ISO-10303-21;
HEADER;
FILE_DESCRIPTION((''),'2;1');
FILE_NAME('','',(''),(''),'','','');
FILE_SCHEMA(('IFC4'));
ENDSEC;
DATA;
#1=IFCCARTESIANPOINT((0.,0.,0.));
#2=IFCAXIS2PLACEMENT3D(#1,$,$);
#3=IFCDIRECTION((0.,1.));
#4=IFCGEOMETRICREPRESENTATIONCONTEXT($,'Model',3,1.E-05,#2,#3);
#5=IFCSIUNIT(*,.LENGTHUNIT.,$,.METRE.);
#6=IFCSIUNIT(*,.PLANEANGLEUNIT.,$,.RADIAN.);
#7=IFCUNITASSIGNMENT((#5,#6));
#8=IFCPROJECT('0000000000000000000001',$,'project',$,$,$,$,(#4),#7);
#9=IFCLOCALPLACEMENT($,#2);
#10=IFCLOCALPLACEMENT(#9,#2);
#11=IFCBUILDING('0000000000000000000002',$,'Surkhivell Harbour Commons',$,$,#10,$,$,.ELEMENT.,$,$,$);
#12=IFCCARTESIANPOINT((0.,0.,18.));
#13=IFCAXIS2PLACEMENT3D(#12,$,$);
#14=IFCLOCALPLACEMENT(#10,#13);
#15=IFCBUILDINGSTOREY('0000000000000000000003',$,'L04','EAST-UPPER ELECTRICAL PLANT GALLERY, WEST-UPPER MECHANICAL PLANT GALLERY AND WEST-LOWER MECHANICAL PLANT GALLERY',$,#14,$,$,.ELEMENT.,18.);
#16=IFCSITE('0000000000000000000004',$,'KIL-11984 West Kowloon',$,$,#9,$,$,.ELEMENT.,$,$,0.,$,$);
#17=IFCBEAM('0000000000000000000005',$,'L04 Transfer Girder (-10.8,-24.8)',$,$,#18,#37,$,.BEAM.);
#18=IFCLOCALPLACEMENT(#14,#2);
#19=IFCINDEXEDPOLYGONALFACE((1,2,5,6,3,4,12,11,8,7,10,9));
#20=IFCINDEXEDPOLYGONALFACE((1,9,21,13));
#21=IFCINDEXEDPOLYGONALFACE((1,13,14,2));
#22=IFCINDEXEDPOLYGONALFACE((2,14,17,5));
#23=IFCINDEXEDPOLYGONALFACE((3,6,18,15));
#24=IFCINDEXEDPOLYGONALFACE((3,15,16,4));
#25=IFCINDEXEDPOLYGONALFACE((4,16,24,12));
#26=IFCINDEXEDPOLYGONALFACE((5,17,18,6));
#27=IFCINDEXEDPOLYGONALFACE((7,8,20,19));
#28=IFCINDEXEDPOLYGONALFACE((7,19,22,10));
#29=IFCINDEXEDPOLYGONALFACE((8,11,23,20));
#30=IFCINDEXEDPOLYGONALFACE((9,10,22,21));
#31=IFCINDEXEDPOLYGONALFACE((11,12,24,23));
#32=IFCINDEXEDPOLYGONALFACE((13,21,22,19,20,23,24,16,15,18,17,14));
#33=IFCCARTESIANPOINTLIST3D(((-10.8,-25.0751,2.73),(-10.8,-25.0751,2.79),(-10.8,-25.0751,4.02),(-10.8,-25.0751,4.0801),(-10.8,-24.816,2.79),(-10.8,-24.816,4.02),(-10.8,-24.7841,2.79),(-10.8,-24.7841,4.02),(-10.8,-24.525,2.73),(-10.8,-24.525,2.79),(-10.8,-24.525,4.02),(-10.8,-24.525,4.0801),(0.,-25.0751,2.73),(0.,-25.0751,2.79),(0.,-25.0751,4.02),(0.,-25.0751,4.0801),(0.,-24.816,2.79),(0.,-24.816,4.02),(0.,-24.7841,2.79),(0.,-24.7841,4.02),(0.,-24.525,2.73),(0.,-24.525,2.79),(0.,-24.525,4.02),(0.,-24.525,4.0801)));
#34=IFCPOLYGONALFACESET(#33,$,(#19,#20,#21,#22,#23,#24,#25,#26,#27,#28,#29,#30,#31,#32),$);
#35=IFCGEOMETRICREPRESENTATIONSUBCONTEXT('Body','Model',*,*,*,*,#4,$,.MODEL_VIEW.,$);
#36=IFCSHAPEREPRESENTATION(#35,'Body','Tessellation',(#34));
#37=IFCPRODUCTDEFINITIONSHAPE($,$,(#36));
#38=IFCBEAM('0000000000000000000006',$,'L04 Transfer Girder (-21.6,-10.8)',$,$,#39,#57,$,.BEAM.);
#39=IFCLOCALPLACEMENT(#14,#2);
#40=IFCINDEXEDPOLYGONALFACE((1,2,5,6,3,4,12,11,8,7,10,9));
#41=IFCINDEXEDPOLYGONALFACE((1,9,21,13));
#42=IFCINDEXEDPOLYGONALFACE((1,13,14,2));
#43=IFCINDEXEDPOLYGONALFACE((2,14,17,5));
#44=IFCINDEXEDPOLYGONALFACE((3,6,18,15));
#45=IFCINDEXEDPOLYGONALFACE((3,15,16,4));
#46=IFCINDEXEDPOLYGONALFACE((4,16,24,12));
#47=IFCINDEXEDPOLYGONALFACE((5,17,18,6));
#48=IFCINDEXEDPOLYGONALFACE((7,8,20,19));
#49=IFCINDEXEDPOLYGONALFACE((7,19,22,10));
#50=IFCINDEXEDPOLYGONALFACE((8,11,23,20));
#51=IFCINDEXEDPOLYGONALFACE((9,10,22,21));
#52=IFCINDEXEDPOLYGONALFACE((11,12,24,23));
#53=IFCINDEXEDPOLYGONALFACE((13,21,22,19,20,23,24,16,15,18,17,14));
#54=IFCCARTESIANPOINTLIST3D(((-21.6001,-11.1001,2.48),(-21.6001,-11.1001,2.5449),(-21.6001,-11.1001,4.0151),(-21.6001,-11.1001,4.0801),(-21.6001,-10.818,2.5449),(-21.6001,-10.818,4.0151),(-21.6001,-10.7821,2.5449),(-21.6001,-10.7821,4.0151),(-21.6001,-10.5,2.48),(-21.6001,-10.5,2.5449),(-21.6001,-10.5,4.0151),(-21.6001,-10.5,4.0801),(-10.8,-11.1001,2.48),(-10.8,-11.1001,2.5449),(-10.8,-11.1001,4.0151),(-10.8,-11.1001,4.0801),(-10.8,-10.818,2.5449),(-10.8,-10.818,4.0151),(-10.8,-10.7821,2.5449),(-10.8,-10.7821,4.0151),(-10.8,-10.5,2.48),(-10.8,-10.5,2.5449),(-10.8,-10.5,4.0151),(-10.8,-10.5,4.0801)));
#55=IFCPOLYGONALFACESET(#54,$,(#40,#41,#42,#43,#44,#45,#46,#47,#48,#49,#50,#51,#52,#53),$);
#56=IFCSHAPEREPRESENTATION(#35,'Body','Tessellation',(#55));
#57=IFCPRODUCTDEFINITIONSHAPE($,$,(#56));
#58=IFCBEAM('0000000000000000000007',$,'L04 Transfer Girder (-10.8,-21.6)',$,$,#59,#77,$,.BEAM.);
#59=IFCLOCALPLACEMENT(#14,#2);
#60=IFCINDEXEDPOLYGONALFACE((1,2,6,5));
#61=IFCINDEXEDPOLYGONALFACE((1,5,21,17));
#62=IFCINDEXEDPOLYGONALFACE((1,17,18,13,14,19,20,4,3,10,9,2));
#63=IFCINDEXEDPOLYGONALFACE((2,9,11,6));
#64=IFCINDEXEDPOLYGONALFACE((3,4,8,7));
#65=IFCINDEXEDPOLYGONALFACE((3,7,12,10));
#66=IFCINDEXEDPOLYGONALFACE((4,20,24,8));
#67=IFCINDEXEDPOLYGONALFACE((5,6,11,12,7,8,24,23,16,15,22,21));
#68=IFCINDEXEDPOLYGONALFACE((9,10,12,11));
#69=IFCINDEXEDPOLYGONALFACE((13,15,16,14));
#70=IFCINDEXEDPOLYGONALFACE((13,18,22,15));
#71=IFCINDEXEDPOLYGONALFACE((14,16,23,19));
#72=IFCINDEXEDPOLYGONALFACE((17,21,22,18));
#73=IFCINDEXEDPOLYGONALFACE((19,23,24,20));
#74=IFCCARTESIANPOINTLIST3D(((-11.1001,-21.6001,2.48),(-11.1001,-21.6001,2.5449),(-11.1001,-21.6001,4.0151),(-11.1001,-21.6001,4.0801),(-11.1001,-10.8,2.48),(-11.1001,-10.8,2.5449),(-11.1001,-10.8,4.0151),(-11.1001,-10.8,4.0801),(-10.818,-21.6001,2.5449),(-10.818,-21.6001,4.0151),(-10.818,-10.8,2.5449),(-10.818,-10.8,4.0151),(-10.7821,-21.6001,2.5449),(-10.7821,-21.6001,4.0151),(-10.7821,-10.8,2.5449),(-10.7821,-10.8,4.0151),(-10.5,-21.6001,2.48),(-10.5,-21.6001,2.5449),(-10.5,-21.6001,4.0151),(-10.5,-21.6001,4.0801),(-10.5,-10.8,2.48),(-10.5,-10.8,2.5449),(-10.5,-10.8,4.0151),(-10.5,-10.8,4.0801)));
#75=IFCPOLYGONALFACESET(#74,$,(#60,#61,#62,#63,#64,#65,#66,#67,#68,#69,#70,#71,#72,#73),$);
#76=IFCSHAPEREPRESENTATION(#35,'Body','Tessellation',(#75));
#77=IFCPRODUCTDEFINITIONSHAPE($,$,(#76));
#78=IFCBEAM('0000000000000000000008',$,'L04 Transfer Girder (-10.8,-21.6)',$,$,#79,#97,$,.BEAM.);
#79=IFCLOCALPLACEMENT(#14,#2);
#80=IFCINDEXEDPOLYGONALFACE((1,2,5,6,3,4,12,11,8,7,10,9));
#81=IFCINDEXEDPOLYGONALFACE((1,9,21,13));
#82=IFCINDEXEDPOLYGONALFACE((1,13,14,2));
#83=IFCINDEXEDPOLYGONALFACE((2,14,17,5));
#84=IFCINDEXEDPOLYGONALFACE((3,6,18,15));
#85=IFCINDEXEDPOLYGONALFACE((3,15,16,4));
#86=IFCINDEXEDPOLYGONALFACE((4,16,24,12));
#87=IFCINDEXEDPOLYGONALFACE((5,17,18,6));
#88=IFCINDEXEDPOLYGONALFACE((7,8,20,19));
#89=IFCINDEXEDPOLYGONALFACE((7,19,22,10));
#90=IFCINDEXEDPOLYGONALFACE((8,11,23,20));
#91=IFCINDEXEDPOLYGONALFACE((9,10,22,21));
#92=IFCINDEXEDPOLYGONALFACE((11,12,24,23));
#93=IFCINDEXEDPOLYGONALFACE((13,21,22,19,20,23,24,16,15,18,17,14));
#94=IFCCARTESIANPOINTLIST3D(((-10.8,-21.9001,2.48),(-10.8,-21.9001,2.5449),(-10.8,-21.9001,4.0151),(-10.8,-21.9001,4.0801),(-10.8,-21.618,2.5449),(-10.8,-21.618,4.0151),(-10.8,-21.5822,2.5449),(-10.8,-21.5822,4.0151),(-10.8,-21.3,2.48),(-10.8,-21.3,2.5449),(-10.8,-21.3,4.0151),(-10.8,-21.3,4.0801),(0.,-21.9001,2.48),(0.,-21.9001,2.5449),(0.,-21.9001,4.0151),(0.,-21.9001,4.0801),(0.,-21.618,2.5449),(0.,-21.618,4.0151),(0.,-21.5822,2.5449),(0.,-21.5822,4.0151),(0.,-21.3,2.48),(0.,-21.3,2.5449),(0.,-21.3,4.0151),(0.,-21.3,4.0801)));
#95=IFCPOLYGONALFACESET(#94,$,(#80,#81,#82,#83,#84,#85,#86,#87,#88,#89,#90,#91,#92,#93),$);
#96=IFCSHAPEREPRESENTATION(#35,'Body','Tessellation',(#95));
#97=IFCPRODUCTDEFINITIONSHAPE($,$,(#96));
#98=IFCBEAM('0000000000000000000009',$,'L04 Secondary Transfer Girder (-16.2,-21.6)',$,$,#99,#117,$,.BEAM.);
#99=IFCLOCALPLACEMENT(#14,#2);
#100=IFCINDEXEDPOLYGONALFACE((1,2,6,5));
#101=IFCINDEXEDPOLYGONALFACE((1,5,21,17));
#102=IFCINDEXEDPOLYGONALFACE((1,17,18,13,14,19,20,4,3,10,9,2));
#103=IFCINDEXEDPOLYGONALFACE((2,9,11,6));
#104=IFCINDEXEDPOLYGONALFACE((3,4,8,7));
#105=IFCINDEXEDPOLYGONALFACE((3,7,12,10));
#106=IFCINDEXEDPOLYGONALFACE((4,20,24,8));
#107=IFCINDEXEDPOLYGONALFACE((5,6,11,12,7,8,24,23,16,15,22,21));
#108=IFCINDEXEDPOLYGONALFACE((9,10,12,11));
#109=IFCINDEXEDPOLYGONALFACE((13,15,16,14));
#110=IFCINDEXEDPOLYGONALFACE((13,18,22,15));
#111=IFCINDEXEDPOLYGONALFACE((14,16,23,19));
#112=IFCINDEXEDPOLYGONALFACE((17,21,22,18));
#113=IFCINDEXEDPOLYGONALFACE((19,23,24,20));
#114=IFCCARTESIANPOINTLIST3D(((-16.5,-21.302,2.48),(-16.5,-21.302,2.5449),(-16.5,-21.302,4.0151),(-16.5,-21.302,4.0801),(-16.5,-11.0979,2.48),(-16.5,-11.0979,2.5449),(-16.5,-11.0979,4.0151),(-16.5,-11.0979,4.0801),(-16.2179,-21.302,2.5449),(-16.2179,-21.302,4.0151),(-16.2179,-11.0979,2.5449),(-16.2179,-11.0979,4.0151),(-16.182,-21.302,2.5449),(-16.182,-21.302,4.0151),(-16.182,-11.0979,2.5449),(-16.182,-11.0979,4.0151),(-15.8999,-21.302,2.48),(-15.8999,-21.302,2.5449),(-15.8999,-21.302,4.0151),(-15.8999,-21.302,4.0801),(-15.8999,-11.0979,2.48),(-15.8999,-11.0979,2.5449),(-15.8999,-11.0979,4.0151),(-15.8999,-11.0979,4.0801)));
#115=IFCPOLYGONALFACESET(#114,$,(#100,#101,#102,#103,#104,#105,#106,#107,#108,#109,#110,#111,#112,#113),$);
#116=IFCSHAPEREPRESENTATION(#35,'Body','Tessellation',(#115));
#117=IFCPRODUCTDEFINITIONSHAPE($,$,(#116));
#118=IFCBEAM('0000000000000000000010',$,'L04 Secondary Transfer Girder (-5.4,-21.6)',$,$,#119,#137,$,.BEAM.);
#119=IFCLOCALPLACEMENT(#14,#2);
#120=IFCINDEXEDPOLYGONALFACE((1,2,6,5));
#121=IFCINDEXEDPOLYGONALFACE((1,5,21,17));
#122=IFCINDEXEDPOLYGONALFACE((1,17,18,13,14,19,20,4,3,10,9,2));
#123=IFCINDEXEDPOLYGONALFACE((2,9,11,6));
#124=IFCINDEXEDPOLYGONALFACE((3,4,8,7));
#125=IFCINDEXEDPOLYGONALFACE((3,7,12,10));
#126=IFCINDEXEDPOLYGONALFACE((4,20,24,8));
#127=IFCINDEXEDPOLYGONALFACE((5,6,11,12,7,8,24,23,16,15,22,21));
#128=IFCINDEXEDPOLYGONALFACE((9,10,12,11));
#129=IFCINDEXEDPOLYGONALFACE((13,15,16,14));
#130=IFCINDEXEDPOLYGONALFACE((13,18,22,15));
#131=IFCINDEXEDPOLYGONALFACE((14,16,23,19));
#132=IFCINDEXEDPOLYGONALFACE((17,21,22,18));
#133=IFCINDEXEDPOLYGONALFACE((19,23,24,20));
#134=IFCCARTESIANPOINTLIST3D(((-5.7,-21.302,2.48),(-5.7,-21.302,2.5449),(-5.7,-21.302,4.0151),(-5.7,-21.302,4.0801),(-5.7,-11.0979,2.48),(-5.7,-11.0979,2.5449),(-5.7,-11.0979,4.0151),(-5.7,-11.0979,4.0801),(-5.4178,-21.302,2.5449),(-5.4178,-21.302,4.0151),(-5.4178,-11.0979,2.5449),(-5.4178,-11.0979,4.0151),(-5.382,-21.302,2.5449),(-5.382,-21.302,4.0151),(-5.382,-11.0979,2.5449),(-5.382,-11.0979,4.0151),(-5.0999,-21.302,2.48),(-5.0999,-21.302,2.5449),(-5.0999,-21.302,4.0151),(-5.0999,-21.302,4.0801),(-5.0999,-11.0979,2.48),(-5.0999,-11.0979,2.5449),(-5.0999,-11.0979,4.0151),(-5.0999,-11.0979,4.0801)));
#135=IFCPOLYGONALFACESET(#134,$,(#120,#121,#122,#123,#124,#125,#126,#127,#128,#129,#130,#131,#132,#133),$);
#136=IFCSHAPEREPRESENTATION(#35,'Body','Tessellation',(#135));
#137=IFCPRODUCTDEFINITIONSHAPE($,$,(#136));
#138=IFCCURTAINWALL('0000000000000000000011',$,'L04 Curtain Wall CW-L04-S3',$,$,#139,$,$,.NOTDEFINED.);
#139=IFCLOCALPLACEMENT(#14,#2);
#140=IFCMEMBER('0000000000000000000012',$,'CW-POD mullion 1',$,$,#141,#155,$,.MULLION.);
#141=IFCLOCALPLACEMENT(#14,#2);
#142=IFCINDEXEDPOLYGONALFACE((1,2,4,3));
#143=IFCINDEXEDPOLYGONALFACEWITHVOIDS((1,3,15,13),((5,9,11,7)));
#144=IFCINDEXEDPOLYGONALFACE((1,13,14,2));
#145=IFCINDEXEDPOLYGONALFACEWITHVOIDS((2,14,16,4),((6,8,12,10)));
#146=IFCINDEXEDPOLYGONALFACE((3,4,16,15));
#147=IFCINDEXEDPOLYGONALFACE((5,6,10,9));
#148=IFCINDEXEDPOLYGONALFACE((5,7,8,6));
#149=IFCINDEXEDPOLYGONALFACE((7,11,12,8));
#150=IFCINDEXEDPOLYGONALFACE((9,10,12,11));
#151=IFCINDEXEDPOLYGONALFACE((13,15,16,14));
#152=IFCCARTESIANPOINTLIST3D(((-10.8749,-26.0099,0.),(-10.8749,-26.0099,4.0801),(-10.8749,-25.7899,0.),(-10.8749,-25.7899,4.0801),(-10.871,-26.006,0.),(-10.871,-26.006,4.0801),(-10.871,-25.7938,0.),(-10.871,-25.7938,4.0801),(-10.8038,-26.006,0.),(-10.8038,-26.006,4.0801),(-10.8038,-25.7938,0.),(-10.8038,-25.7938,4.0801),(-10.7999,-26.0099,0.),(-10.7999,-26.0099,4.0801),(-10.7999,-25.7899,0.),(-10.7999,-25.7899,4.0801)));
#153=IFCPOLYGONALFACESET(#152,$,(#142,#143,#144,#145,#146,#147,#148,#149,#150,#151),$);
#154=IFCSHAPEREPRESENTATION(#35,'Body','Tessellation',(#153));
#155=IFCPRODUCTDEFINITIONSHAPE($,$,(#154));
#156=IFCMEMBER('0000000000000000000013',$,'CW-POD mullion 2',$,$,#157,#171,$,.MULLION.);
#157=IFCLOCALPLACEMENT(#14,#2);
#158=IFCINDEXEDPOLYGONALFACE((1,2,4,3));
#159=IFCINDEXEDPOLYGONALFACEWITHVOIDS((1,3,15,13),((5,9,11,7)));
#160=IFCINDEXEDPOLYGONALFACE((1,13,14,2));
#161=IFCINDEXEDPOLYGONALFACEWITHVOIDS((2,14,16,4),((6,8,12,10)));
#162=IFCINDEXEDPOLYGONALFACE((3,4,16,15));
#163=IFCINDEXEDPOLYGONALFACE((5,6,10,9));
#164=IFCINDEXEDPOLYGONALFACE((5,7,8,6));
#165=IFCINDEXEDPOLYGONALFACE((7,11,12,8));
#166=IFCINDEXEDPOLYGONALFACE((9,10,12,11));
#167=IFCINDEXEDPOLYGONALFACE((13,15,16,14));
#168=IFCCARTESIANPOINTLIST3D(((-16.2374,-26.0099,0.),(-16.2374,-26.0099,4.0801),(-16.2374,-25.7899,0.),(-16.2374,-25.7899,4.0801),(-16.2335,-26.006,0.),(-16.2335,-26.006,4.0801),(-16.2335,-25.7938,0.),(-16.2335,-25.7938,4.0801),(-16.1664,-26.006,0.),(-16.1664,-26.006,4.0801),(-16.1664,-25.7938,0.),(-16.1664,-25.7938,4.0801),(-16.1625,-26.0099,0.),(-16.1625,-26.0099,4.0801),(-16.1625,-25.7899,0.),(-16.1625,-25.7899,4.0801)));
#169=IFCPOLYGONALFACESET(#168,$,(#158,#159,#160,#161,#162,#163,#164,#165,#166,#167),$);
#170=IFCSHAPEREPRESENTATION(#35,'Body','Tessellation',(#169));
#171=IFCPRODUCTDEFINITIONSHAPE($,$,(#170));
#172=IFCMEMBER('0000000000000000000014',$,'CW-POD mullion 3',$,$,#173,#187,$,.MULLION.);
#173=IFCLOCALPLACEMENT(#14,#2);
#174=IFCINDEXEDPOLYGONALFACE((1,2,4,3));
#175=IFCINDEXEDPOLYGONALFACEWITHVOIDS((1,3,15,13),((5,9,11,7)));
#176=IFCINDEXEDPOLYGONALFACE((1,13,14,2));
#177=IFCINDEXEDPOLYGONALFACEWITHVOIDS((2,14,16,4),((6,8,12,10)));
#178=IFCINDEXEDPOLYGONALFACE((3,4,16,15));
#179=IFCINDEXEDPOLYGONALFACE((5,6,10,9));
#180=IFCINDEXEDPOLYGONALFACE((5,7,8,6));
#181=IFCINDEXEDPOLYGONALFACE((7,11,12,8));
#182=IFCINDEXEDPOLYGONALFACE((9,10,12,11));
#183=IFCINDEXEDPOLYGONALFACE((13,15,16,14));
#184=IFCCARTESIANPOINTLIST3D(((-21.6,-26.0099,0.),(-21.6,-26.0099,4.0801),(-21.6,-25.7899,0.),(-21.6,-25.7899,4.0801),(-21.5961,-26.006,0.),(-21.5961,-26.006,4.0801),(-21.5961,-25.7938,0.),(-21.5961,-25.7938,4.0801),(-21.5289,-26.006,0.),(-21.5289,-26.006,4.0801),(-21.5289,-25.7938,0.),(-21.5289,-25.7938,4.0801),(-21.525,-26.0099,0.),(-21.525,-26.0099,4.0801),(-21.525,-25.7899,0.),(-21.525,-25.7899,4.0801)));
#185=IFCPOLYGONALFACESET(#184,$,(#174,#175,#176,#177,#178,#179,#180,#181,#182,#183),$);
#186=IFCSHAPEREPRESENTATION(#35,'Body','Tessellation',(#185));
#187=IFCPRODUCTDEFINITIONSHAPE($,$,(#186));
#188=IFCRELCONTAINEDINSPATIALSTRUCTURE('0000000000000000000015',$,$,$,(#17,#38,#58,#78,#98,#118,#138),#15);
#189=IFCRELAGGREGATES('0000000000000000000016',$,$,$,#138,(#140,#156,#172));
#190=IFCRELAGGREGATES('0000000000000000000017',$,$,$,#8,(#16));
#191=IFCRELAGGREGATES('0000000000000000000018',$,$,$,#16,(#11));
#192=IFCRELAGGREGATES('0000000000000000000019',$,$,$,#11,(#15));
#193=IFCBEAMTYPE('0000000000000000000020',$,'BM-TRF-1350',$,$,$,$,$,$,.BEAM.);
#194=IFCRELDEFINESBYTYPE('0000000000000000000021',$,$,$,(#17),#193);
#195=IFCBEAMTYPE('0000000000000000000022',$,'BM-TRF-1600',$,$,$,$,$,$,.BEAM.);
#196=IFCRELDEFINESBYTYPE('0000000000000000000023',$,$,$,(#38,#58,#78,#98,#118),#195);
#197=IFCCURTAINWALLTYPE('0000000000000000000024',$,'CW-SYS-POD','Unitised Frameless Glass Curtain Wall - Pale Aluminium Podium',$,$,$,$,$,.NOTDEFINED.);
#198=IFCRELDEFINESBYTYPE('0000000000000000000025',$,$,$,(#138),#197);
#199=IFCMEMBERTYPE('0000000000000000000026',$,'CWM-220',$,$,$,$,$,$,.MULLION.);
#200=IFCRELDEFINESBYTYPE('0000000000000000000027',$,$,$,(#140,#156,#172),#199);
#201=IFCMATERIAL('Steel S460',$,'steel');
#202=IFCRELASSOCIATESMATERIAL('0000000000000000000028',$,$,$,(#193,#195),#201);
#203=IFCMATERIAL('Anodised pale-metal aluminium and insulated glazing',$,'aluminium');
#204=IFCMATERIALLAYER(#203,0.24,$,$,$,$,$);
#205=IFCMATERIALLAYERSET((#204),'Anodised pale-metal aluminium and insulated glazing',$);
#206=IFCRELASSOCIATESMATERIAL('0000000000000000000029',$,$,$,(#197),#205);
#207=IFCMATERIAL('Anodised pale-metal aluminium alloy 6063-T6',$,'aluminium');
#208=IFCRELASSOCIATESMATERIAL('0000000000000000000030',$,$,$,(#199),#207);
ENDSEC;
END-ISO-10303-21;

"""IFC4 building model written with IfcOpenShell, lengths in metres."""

from ifc_helpers import new_model, si_unit, direction, frame, origin, origin_2d, place, context, subcontext, project, spatial, hollow_rectangle, i_section, extrude, material, layer, layer_set, material_profile, profile_set, type_object, element, aggregate, save


model = new_model("IFC4")

# Units and contexts
model_context = context("Model", 3, precision=1e-05, world=origin(), true_north=direction((0.0, 1.0)))
body_context = subcontext(model_context, "Body", "Model", "MODEL_VIEW")
ifc_project = project(units=[si_unit("LENGTHUNIT", "METRE"), si_unit("PLANEANGLEUNIT", "RADIAN")], contexts=[model_context])

# Site, building, storey
site_placement = place(None, origin())
site = spatial("IfcSite", under=ifc_project, at=site_placement, Name="KIL-11984 West Kowloon", CompositionType="ELEMENT", RefElevation=0.0)
building_placement = place(site_placement, origin())
building = spatial("IfcBuilding", under=site, at=building_placement, Name="Surkhivell Harbour Commons", CompositionType="ELEMENT")
storey_placement = place(building_placement, frame((0.0, 0.0, 18.0)))
storey = spatial("IfcBuildingStorey", under=building, at=storey_placement, Name="L04", Description="EAST-UPPER ELECTRICAL PLANT GALLERY, WEST-UPPER MECHANICAL PLANT GALLERY AND WEST-LOWER MECHANICAL PLANT GALLERY", CompositionType="ELEMENT", Elevation=18.0)

# Beams
ifc_material_1 = material(Name="Steel S460", Category="steel")
ifc_material_profile_1 = material_profile(ifc_material_1, i_section(OverallWidth=0.55, OverallDepth=1.3501, WebThickness=0.032, FlangeThickness=0.0601, at=origin_2d()), Name="WPG1350x550x248")
ifc_profile_set_1 = profile_set([ifc_material_profile_1], Name="Steel S460")
beam_type_1 = type_object("IfcBeamType", Name="BM-TRF-1350", PredefinedType="BEAM", material=ifc_profile_set_1)
beam_1_placement = place(storey_placement, frame((-10.8, -24.8, 3.405), z_axis=(1.0, 0.0, 0.0), x_axis=(0.0, 1.0, 0.0)))
element("IfcBeam", 1, at=beam_1_placement, inside=storey, type_object=beam_type_1, Name="L04 Transfer Girder (-10.8,-24.8)", PredefinedType="BEAM", context=body_context, shape_type="SweptSolid", body=[
    extrude(i_section(OverallWidth=0.55, OverallDepth=1.3501, WebThickness=0.032, FlangeThickness=0.0601, at=origin_2d()), origin(), (0.0, 0.0, 1.0), 10.8),
])
ifc_material_profile_2 = material_profile(ifc_material_1, i_section(OverallWidth=0.6001, OverallDepth=1.6001, WebThickness=0.0359, FlangeThickness=0.0649, at=origin_2d()), Name="WPG1600x600x296")
ifc_profile_set_2 = profile_set([ifc_material_profile_2], Name="Steel S460")
beam_type_2 = type_object("IfcBeamType", Name="BM-TRF-1600", PredefinedType="BEAM", material=ifc_profile_set_2)
for number, where, z_axis, x_axis, name in (
    (2, (-21.6001, -10.8, 3.28), (1.0, 0.0, 0.0), (0.0, 1.0, 0.0), "L04 Transfer Girder (-21.6,-10.8)"),
    (3, (-10.8, -21.6001, 3.28), (0.0, 1.0, 0.0), (-1.0, 0.0, 0.0), "L04 Transfer Girder (-10.8,-21.6)"),
    (4, (-10.8, -21.6001, 3.28), (1.0, 0.0, 0.0), (0.0, 1.0, 0.0), "L04 Transfer Girder (-10.8,-21.6)"),
):
    element("IfcBeam", number, at=place(storey_placement, frame(where, z_axis=z_axis, x_axis=x_axis)), inside=storey, type_object=beam_type_2, Name=name, PredefinedType="BEAM", context=body_context, shape_type="SweptSolid", body=[
        extrude(i_section(OverallWidth=0.6001, OverallDepth=1.6001, WebThickness=0.0359, FlangeThickness=0.0649, at=origin_2d()), origin(), (0.0, 0.0, 1.0), 10.8),
    ])
for number, where, z_axis, x_axis, name in (
    (5, (-16.2, -21.302, 3.28), (0.0, 1.0, 0.0), (-1.0, 0.0, 0.0), "L04 Secondary Transfer Girder (-16.2,-21.6)"),
    (6, (-5.3999, -21.302, 3.28), (0.0, 1.0, 0.0), (-1.0, 0.0, 0.0), "L04 Secondary Transfer Girder (-5.4,-21.6)"),
):
    element("IfcBeam", number, at=place(storey_placement, frame(where, z_axis=z_axis, x_axis=x_axis)), inside=storey, type_object=beam_type_2, Name=name, PredefinedType="BEAM", context=body_context, shape_type="SweptSolid", body=[
        extrude(i_section(OverallWidth=0.6001, OverallDepth=1.6001, WebThickness=0.0359, FlangeThickness=0.0649, at=origin_2d()), origin(), (0.0, 0.0, 1.0), 10.2041),
    ])

# Curtain wall, members
ifc_material_2 = material(Name="Anodised pale-metal aluminium and insulated glazing", Category="aluminium")
ifc_layer_1 = layer(ifc_material_2, 0.24)
ifc_layer_set_1 = layer_set([ifc_layer_1], Name="Anodised pale-metal aluminium and insulated glazing")
curtain_wall_type = type_object("IfcCurtainWallType", Name="CW-SYS-POD", Description="Unitised Frameless Glass Curtain Wall - Pale Aluminium Podium", PredefinedType="NOTDEFINED", material=ifc_layer_set_1)
curtain_wall_placement = place(storey_placement, origin())
curtain_wall = element("IfcCurtainWall", 7, at=curtain_wall_placement, inside=storey, type_object=curtain_wall_type, Name="L04 Curtain Wall CW-L04-S3", PredefinedType="NOTDEFINED")
ifc_material_3 = material(Name="Anodised pale-metal aluminium alloy 6063-T6", Category="aluminium")
ifc_material_profile_3 = material_profile(ifc_material_3, hollow_rectangle(XDim=0.075, YDim=0.22, WallThickness=0.0039, at=origin_2d()), Name="ALU-MULL-75x220")
ifc_profile_set_3 = profile_set([ifc_material_profile_3], Name="Anodised pale-metal aluminium alloy 6063-T6")
member_type_1 = type_object("IfcMemberType", Name="CWM-220", PredefinedType="MULLION", material=ifc_profile_set_3)
member_1_placement = place(storey_placement, frame((-10.8374, -25.8999, 0.0), z_axis=(0.0, 0.0, 1.0), x_axis=(-1.0, 0.0, 0.0)))
member_1 = element("IfcMember", 8, at=member_1_placement, type_object=member_type_1, Name="CW-POD mullion 1", PredefinedType="MULLION", context=body_context, shape_type="SweptSolid", body=[
    extrude(hollow_rectangle(XDim=0.075, YDim=0.22, WallThickness=0.0039, at=origin_2d()), origin(), (0.0, 0.0, 1.0), 4.0801),
])
member_2_placement = place(storey_placement, frame((-16.2, -25.8999, 0.0), z_axis=(0.0, 0.0, 1.0), x_axis=(-1.0, 0.0, 0.0)))
member_2 = element("IfcMember", 9, at=member_2_placement, type_object=member_type_1, Name="CW-POD mullion 2", PredefinedType="MULLION", context=body_context, shape_type="SweptSolid", body=[
    extrude(hollow_rectangle(XDim=0.075, YDim=0.22, WallThickness=0.0039, at=origin_2d()), origin(), (0.0, 0.0, 1.0), 4.0801),
])
member_3_placement = place(storey_placement, frame((-21.5625, -25.8999, 0.0), z_axis=(0.0, 0.0, 1.0), x_axis=(-1.0, 0.0, 0.0)))
member_3 = element("IfcMember", 10, at=member_3_placement, type_object=member_type_1, Name="CW-POD mullion 3", PredefinedType="MULLION", context=body_context, shape_type="SweptSolid", body=[
    extrude(hollow_rectangle(XDim=0.075, YDim=0.22, WallThickness=0.0039, at=origin_2d()), origin(), (0.0, 0.0, 1.0), 4.0801),
])
aggregate(curtain_wall, [member_1, member_2, member_3])

save(model, "model.ifc")
